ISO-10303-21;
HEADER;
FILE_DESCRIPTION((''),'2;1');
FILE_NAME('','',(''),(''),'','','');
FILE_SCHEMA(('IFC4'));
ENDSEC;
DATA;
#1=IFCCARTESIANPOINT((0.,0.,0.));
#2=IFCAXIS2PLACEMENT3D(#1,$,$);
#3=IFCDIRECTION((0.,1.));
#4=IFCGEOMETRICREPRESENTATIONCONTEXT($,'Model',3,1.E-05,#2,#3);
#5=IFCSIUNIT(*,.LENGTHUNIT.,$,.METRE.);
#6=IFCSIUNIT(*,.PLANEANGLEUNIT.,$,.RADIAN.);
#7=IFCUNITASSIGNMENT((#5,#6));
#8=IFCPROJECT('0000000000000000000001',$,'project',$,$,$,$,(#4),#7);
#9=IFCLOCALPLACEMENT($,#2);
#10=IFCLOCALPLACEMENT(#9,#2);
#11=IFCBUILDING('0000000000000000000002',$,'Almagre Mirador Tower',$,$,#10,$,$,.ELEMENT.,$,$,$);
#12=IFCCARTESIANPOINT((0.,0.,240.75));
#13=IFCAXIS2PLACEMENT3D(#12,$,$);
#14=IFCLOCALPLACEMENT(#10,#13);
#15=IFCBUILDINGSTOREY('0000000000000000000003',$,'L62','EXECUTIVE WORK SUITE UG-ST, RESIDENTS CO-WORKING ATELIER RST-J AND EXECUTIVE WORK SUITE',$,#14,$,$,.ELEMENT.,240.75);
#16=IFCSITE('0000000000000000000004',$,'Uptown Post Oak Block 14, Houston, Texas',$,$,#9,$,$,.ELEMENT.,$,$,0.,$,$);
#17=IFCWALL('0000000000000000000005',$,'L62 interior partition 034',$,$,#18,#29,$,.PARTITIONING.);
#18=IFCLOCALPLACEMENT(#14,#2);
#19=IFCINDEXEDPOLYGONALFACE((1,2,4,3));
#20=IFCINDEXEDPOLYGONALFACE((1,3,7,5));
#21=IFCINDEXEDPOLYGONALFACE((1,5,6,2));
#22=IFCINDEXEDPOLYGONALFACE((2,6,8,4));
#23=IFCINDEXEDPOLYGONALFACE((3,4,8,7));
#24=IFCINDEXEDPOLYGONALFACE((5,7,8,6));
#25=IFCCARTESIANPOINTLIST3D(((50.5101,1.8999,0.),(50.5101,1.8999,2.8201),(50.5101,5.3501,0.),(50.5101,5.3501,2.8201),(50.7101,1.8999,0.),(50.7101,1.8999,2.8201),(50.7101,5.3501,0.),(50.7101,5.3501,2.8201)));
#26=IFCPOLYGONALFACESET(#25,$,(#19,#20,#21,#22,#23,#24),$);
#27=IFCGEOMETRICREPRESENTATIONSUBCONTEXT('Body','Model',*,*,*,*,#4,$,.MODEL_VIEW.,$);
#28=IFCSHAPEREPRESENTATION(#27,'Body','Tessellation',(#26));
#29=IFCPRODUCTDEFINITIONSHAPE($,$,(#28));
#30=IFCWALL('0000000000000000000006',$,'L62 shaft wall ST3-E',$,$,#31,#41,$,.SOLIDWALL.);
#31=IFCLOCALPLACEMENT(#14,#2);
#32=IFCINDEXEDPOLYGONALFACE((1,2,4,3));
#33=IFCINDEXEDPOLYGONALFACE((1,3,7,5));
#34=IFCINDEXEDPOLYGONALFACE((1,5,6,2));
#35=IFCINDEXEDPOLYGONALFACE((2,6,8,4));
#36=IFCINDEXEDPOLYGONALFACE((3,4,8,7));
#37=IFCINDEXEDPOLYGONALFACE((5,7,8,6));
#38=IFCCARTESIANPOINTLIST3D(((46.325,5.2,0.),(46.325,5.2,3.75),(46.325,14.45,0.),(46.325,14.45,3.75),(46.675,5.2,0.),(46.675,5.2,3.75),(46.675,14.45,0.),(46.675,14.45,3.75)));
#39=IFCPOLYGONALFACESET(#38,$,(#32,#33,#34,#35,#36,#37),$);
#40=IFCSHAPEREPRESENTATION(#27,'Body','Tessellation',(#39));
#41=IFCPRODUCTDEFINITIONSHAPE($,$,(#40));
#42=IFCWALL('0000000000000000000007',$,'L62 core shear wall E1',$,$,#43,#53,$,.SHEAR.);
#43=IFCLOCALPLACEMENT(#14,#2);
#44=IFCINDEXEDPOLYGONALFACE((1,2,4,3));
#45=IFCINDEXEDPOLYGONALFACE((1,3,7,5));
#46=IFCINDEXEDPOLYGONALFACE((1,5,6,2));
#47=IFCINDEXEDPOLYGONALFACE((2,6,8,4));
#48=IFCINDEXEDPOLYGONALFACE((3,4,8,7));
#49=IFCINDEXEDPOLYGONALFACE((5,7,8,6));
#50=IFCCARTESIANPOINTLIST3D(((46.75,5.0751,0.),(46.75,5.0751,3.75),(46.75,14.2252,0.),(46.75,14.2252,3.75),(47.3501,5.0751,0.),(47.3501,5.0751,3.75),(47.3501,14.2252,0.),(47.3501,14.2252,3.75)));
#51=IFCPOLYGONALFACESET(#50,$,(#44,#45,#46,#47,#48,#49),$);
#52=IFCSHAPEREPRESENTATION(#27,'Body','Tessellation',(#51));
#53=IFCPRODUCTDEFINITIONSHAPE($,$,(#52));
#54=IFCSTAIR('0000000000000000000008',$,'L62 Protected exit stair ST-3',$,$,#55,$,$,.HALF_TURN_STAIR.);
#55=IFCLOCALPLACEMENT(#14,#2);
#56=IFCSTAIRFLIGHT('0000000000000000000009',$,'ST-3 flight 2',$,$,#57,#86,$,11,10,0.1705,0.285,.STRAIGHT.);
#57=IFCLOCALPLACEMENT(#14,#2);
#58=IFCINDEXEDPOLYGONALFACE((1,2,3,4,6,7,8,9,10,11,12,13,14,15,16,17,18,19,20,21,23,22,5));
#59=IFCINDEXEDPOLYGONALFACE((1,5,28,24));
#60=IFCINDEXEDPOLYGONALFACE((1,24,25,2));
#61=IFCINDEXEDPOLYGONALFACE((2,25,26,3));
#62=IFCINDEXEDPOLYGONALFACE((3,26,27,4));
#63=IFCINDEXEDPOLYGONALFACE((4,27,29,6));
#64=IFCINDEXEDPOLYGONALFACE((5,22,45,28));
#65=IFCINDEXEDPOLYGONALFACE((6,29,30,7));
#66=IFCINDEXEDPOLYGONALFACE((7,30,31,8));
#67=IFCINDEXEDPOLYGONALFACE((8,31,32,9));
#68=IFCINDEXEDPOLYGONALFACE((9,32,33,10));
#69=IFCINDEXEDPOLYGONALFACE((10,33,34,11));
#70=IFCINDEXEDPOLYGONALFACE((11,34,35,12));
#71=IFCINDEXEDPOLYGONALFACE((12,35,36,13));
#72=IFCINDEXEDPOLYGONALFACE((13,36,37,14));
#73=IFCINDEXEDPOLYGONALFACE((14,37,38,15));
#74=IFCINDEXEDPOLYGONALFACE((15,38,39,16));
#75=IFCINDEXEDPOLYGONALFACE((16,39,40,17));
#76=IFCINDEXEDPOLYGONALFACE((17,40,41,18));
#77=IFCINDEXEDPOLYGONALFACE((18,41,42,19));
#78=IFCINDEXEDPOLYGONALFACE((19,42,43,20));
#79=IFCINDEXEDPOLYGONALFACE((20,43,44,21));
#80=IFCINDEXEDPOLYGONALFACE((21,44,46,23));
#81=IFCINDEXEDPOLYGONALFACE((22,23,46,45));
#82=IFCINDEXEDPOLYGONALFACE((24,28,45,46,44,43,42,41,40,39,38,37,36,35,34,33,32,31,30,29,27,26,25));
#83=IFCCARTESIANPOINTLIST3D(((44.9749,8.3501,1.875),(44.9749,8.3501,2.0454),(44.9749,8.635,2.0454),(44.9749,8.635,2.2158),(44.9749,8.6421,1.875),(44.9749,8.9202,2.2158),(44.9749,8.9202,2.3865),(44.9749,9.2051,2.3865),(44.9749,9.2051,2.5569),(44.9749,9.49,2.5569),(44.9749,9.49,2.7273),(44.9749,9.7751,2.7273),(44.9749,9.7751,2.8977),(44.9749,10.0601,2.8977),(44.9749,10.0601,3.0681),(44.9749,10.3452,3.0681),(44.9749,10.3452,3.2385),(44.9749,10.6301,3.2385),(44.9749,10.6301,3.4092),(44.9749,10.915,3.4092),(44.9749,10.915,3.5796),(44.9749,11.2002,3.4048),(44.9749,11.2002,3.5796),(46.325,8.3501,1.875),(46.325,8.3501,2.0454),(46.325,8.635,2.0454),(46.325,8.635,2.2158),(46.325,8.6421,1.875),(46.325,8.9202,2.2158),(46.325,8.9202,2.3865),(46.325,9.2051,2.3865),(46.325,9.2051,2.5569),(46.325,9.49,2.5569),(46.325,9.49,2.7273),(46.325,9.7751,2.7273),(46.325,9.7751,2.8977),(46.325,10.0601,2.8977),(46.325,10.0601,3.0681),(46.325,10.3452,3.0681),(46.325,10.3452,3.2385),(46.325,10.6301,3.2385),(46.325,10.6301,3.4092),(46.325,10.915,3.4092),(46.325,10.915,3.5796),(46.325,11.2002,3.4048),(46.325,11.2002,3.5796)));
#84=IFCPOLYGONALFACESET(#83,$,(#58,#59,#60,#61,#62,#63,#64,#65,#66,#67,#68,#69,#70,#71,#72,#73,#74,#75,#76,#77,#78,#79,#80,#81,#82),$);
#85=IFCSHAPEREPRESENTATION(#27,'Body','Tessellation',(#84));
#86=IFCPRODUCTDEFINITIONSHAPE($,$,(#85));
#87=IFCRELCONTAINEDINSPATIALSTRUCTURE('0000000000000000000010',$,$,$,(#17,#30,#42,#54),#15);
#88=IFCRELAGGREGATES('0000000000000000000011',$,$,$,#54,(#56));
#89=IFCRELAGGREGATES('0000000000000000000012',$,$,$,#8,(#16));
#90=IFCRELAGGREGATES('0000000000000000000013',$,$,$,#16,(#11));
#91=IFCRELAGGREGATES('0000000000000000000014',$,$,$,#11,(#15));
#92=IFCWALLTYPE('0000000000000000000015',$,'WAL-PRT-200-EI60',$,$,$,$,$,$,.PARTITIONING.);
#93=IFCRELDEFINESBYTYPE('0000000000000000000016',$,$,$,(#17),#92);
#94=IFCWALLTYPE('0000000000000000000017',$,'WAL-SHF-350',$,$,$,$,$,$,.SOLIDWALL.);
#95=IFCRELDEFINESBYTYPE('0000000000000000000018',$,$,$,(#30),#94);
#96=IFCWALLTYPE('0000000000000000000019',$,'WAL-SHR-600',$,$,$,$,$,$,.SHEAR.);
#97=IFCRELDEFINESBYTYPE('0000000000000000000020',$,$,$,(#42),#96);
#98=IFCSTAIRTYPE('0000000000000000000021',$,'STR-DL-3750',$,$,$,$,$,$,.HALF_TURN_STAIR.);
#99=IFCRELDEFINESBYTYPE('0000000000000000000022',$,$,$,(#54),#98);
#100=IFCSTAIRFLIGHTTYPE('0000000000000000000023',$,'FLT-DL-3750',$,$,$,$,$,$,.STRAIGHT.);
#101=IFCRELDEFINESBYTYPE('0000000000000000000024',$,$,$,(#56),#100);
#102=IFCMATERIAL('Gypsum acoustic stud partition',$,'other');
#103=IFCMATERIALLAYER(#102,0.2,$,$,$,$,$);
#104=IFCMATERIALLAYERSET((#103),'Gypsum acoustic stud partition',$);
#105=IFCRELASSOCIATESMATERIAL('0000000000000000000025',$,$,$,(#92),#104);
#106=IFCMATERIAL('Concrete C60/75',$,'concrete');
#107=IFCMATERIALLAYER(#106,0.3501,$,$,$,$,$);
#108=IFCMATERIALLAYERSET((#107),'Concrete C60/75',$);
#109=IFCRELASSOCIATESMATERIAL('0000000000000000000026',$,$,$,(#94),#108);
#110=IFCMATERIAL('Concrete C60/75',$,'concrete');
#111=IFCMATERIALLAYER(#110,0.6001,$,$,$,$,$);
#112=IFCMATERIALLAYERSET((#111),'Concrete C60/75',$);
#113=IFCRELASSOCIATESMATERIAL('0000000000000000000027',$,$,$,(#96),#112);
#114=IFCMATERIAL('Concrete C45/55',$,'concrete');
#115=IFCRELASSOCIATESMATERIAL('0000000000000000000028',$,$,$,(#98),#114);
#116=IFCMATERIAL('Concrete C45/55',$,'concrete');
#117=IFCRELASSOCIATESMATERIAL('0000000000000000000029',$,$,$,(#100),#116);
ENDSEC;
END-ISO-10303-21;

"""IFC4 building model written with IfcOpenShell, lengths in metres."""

from ifc_helpers import new_model, si_unit, direction, frame, frame_2d, origin, place, context, subcontext, project, spatial, polyline, rectangle, outline, extrude, material, layer, layer_set, type_object, element, aggregate, save


model = new_model("IFC4")

# Units and contexts
model_context = context("Model", 3, precision=1e-05, world=origin(), true_north=direction((0.0, 1.0)))
body_context = subcontext(model_context, "Body", "Model", "MODEL_VIEW")
ifc_project = project(units=[si_unit("LENGTHUNIT", "METRE"), si_unit("PLANEANGLEUNIT", "RADIAN")], contexts=[model_context])

# Site, building, storey
site_placement = place(None, origin())
site = spatial("IfcSite", under=ifc_project, at=site_placement, Name="Uptown Post Oak Block 14, Houston, Texas", CompositionType="ELEMENT", RefElevation=0.0)
building_placement = place(site_placement, origin())
building = spatial("IfcBuilding", under=site, at=building_placement, Name="Almagre Mirador Tower", CompositionType="ELEMENT")
storey_placement = place(building_placement, frame((0.0, 0.0, 240.75)))
storey = spatial("IfcBuildingStorey", under=building, at=storey_placement, Name="L62", Description="EXECUTIVE WORK SUITE UG-ST, RESIDENTS CO-WORKING ATELIER RST-J AND EXECUTIVE WORK SUITE", CompositionType="ELEMENT", Elevation=240.75)

# Walls
ifc_material_1 = material(Name="Gypsum acoustic stud partition", Category="other")
ifc_layer_1 = layer(ifc_material_1, 0.2)
ifc_layer_set_1 = layer_set([ifc_layer_1], Name="Gypsum acoustic stud partition")
wall_type_1 = type_object("IfcWallType", Name="WAL-PRT-200-EI60", PredefinedType="PARTITIONING", material=ifc_layer_set_1)
wall_1_placement = place(storey_placement, frame((50.6101, 1.8999, 0.0), z_axis=(0.0, 0.0, 1.0), x_axis=(0.0, 1.0, 0.0)))
element("IfcWall", 1, at=wall_1_placement, inside=storey, type_object=wall_type_1, Name="L62 interior partition 034", PredefinedType="PARTITIONING", context=body_context, shape_type="SweptSolid", body=[
    extrude(rectangle(XDim=3.4502, YDim=0.2, at=frame_2d((1.7251, 0.0))), origin(), (0.0, 0.0, 1.0), 2.8201),
])
ifc_material_2 = material(Name="Concrete C60/75", Category="concrete")
ifc_layer_2 = layer(ifc_material_2, 0.3501)
ifc_layer_set_2 = layer_set([ifc_layer_2], Name="Concrete C60/75")
wall_type_2 = type_object("IfcWallType", Name="WAL-SHF-350", PredefinedType="SOLIDWALL", material=ifc_layer_set_2)
wall_2_placement = place(storey_placement, frame((46.5, 5.2, 0.0), z_axis=(0.0, 0.0, 1.0), x_axis=(0.0, 1.0, 0.0)))
element("IfcWall", 2, at=wall_2_placement, inside=storey, type_object=wall_type_2, Name="L62 shaft wall ST3-E", PredefinedType="SOLIDWALL", context=body_context, shape_type="SweptSolid", body=[
    extrude(rectangle(XDim=9.25, YDim=0.3501, at=frame_2d((4.625, 0.0))), origin(), (0.0, 0.0, 1.0), 3.75),
])
ifc_material_3 = material(Name="Concrete C60/75", Category="concrete")
ifc_layer_3 = layer(ifc_material_3, 0.6001)
ifc_layer_set_3 = layer_set([ifc_layer_3], Name="Concrete C60/75")
wall_type_3 = type_object("IfcWallType", Name="WAL-SHR-600", PredefinedType="SHEAR", material=ifc_layer_set_3)
wall_3_placement = place(storey_placement, frame((47.05, 5.075, 0.0), z_axis=(0.0, 0.0, 1.0), x_axis=(0.0, 1.0, 0.0)))
element("IfcWall", 3, at=wall_3_placement, inside=storey, type_object=wall_type_3, Name="L62 core shear wall E1", PredefinedType="SHEAR", context=body_context, shape_type="SweptSolid", body=[
    extrude(rectangle(XDim=9.1501, YDim=0.6001, at=frame_2d((4.5752, 0.0))), origin(), (0.0, 0.0, 1.0), 3.75),
])

# Stair, stair flight
ifc_material_4 = material(Name="Concrete C45/55", Category="concrete")
stair_type = type_object("IfcStairType", Name="STR-DL-3750", PredefinedType="HALF_TURN_STAIR", material=ifc_material_4)
stair_placement = place(storey_placement, origin())
stair = element("IfcStair", 4, at=stair_placement, inside=storey, type_object=stair_type, Name="L62 Protected exit stair ST-3", PredefinedType="HALF_TURN_STAIR")
ifc_material_5 = material(Name="Concrete C45/55", Category="concrete")
stair_flight_type = type_object("IfcStairFlightType", Name="FLT-DL-3750", PredefinedType="STRAIGHT", material=ifc_material_5)
stair_flight_placement = place(storey_placement, frame((45.6499, 8.3501, 1.875), z_axis=(0.0, 0.0, 1.0), x_axis=(0.0, 1.0, 0.0)))
stair_flight = element("IfcStairFlight", 5, at=stair_flight_placement, type_object=stair_flight_type, Name="ST-3 flight 2", NumberOfRisers=11, NumberOfTreads=10, PredefinedType="STRAIGHT", RiserHeight=0.1705, TreadLength=0.285, context=body_context, shape_type="SweptSolid", body=[
    extrude(outline(polyline([(0.0, 0.0), (0.0, 0.1704), (0.2849, 0.1704), (0.2849, 0.3408), (0.5701, 0.3408), (0.5701, 0.5115), (0.855, 0.5115), (0.855, 0.6819), (1.1399, 0.6819), (1.1399, 0.8523), (1.425, 0.8523), (1.425, 1.0227), (1.71, 1.0227), (1.71, 1.1931), (1.9951, 1.1931), (1.9951, 1.3635), (2.28, 1.3635), (2.28, 1.5342), (2.5649, 1.5342), (2.5649, 1.7046), (2.8501, 1.7046), (2.8501, 1.875), (2.8501, 1.5298), (0.292, 0.0), (0.0, 0.0)])), frame((0.0, 0.675, 0.0), z_axis=(0.0, -1.0, 0.0), x_axis=(1.0, 0.0, 0.0)), (0.0, 0.0, 1.0), 1.3501),
])
aggregate(stair, [stair_flight])

save(model, "model.ifc")
